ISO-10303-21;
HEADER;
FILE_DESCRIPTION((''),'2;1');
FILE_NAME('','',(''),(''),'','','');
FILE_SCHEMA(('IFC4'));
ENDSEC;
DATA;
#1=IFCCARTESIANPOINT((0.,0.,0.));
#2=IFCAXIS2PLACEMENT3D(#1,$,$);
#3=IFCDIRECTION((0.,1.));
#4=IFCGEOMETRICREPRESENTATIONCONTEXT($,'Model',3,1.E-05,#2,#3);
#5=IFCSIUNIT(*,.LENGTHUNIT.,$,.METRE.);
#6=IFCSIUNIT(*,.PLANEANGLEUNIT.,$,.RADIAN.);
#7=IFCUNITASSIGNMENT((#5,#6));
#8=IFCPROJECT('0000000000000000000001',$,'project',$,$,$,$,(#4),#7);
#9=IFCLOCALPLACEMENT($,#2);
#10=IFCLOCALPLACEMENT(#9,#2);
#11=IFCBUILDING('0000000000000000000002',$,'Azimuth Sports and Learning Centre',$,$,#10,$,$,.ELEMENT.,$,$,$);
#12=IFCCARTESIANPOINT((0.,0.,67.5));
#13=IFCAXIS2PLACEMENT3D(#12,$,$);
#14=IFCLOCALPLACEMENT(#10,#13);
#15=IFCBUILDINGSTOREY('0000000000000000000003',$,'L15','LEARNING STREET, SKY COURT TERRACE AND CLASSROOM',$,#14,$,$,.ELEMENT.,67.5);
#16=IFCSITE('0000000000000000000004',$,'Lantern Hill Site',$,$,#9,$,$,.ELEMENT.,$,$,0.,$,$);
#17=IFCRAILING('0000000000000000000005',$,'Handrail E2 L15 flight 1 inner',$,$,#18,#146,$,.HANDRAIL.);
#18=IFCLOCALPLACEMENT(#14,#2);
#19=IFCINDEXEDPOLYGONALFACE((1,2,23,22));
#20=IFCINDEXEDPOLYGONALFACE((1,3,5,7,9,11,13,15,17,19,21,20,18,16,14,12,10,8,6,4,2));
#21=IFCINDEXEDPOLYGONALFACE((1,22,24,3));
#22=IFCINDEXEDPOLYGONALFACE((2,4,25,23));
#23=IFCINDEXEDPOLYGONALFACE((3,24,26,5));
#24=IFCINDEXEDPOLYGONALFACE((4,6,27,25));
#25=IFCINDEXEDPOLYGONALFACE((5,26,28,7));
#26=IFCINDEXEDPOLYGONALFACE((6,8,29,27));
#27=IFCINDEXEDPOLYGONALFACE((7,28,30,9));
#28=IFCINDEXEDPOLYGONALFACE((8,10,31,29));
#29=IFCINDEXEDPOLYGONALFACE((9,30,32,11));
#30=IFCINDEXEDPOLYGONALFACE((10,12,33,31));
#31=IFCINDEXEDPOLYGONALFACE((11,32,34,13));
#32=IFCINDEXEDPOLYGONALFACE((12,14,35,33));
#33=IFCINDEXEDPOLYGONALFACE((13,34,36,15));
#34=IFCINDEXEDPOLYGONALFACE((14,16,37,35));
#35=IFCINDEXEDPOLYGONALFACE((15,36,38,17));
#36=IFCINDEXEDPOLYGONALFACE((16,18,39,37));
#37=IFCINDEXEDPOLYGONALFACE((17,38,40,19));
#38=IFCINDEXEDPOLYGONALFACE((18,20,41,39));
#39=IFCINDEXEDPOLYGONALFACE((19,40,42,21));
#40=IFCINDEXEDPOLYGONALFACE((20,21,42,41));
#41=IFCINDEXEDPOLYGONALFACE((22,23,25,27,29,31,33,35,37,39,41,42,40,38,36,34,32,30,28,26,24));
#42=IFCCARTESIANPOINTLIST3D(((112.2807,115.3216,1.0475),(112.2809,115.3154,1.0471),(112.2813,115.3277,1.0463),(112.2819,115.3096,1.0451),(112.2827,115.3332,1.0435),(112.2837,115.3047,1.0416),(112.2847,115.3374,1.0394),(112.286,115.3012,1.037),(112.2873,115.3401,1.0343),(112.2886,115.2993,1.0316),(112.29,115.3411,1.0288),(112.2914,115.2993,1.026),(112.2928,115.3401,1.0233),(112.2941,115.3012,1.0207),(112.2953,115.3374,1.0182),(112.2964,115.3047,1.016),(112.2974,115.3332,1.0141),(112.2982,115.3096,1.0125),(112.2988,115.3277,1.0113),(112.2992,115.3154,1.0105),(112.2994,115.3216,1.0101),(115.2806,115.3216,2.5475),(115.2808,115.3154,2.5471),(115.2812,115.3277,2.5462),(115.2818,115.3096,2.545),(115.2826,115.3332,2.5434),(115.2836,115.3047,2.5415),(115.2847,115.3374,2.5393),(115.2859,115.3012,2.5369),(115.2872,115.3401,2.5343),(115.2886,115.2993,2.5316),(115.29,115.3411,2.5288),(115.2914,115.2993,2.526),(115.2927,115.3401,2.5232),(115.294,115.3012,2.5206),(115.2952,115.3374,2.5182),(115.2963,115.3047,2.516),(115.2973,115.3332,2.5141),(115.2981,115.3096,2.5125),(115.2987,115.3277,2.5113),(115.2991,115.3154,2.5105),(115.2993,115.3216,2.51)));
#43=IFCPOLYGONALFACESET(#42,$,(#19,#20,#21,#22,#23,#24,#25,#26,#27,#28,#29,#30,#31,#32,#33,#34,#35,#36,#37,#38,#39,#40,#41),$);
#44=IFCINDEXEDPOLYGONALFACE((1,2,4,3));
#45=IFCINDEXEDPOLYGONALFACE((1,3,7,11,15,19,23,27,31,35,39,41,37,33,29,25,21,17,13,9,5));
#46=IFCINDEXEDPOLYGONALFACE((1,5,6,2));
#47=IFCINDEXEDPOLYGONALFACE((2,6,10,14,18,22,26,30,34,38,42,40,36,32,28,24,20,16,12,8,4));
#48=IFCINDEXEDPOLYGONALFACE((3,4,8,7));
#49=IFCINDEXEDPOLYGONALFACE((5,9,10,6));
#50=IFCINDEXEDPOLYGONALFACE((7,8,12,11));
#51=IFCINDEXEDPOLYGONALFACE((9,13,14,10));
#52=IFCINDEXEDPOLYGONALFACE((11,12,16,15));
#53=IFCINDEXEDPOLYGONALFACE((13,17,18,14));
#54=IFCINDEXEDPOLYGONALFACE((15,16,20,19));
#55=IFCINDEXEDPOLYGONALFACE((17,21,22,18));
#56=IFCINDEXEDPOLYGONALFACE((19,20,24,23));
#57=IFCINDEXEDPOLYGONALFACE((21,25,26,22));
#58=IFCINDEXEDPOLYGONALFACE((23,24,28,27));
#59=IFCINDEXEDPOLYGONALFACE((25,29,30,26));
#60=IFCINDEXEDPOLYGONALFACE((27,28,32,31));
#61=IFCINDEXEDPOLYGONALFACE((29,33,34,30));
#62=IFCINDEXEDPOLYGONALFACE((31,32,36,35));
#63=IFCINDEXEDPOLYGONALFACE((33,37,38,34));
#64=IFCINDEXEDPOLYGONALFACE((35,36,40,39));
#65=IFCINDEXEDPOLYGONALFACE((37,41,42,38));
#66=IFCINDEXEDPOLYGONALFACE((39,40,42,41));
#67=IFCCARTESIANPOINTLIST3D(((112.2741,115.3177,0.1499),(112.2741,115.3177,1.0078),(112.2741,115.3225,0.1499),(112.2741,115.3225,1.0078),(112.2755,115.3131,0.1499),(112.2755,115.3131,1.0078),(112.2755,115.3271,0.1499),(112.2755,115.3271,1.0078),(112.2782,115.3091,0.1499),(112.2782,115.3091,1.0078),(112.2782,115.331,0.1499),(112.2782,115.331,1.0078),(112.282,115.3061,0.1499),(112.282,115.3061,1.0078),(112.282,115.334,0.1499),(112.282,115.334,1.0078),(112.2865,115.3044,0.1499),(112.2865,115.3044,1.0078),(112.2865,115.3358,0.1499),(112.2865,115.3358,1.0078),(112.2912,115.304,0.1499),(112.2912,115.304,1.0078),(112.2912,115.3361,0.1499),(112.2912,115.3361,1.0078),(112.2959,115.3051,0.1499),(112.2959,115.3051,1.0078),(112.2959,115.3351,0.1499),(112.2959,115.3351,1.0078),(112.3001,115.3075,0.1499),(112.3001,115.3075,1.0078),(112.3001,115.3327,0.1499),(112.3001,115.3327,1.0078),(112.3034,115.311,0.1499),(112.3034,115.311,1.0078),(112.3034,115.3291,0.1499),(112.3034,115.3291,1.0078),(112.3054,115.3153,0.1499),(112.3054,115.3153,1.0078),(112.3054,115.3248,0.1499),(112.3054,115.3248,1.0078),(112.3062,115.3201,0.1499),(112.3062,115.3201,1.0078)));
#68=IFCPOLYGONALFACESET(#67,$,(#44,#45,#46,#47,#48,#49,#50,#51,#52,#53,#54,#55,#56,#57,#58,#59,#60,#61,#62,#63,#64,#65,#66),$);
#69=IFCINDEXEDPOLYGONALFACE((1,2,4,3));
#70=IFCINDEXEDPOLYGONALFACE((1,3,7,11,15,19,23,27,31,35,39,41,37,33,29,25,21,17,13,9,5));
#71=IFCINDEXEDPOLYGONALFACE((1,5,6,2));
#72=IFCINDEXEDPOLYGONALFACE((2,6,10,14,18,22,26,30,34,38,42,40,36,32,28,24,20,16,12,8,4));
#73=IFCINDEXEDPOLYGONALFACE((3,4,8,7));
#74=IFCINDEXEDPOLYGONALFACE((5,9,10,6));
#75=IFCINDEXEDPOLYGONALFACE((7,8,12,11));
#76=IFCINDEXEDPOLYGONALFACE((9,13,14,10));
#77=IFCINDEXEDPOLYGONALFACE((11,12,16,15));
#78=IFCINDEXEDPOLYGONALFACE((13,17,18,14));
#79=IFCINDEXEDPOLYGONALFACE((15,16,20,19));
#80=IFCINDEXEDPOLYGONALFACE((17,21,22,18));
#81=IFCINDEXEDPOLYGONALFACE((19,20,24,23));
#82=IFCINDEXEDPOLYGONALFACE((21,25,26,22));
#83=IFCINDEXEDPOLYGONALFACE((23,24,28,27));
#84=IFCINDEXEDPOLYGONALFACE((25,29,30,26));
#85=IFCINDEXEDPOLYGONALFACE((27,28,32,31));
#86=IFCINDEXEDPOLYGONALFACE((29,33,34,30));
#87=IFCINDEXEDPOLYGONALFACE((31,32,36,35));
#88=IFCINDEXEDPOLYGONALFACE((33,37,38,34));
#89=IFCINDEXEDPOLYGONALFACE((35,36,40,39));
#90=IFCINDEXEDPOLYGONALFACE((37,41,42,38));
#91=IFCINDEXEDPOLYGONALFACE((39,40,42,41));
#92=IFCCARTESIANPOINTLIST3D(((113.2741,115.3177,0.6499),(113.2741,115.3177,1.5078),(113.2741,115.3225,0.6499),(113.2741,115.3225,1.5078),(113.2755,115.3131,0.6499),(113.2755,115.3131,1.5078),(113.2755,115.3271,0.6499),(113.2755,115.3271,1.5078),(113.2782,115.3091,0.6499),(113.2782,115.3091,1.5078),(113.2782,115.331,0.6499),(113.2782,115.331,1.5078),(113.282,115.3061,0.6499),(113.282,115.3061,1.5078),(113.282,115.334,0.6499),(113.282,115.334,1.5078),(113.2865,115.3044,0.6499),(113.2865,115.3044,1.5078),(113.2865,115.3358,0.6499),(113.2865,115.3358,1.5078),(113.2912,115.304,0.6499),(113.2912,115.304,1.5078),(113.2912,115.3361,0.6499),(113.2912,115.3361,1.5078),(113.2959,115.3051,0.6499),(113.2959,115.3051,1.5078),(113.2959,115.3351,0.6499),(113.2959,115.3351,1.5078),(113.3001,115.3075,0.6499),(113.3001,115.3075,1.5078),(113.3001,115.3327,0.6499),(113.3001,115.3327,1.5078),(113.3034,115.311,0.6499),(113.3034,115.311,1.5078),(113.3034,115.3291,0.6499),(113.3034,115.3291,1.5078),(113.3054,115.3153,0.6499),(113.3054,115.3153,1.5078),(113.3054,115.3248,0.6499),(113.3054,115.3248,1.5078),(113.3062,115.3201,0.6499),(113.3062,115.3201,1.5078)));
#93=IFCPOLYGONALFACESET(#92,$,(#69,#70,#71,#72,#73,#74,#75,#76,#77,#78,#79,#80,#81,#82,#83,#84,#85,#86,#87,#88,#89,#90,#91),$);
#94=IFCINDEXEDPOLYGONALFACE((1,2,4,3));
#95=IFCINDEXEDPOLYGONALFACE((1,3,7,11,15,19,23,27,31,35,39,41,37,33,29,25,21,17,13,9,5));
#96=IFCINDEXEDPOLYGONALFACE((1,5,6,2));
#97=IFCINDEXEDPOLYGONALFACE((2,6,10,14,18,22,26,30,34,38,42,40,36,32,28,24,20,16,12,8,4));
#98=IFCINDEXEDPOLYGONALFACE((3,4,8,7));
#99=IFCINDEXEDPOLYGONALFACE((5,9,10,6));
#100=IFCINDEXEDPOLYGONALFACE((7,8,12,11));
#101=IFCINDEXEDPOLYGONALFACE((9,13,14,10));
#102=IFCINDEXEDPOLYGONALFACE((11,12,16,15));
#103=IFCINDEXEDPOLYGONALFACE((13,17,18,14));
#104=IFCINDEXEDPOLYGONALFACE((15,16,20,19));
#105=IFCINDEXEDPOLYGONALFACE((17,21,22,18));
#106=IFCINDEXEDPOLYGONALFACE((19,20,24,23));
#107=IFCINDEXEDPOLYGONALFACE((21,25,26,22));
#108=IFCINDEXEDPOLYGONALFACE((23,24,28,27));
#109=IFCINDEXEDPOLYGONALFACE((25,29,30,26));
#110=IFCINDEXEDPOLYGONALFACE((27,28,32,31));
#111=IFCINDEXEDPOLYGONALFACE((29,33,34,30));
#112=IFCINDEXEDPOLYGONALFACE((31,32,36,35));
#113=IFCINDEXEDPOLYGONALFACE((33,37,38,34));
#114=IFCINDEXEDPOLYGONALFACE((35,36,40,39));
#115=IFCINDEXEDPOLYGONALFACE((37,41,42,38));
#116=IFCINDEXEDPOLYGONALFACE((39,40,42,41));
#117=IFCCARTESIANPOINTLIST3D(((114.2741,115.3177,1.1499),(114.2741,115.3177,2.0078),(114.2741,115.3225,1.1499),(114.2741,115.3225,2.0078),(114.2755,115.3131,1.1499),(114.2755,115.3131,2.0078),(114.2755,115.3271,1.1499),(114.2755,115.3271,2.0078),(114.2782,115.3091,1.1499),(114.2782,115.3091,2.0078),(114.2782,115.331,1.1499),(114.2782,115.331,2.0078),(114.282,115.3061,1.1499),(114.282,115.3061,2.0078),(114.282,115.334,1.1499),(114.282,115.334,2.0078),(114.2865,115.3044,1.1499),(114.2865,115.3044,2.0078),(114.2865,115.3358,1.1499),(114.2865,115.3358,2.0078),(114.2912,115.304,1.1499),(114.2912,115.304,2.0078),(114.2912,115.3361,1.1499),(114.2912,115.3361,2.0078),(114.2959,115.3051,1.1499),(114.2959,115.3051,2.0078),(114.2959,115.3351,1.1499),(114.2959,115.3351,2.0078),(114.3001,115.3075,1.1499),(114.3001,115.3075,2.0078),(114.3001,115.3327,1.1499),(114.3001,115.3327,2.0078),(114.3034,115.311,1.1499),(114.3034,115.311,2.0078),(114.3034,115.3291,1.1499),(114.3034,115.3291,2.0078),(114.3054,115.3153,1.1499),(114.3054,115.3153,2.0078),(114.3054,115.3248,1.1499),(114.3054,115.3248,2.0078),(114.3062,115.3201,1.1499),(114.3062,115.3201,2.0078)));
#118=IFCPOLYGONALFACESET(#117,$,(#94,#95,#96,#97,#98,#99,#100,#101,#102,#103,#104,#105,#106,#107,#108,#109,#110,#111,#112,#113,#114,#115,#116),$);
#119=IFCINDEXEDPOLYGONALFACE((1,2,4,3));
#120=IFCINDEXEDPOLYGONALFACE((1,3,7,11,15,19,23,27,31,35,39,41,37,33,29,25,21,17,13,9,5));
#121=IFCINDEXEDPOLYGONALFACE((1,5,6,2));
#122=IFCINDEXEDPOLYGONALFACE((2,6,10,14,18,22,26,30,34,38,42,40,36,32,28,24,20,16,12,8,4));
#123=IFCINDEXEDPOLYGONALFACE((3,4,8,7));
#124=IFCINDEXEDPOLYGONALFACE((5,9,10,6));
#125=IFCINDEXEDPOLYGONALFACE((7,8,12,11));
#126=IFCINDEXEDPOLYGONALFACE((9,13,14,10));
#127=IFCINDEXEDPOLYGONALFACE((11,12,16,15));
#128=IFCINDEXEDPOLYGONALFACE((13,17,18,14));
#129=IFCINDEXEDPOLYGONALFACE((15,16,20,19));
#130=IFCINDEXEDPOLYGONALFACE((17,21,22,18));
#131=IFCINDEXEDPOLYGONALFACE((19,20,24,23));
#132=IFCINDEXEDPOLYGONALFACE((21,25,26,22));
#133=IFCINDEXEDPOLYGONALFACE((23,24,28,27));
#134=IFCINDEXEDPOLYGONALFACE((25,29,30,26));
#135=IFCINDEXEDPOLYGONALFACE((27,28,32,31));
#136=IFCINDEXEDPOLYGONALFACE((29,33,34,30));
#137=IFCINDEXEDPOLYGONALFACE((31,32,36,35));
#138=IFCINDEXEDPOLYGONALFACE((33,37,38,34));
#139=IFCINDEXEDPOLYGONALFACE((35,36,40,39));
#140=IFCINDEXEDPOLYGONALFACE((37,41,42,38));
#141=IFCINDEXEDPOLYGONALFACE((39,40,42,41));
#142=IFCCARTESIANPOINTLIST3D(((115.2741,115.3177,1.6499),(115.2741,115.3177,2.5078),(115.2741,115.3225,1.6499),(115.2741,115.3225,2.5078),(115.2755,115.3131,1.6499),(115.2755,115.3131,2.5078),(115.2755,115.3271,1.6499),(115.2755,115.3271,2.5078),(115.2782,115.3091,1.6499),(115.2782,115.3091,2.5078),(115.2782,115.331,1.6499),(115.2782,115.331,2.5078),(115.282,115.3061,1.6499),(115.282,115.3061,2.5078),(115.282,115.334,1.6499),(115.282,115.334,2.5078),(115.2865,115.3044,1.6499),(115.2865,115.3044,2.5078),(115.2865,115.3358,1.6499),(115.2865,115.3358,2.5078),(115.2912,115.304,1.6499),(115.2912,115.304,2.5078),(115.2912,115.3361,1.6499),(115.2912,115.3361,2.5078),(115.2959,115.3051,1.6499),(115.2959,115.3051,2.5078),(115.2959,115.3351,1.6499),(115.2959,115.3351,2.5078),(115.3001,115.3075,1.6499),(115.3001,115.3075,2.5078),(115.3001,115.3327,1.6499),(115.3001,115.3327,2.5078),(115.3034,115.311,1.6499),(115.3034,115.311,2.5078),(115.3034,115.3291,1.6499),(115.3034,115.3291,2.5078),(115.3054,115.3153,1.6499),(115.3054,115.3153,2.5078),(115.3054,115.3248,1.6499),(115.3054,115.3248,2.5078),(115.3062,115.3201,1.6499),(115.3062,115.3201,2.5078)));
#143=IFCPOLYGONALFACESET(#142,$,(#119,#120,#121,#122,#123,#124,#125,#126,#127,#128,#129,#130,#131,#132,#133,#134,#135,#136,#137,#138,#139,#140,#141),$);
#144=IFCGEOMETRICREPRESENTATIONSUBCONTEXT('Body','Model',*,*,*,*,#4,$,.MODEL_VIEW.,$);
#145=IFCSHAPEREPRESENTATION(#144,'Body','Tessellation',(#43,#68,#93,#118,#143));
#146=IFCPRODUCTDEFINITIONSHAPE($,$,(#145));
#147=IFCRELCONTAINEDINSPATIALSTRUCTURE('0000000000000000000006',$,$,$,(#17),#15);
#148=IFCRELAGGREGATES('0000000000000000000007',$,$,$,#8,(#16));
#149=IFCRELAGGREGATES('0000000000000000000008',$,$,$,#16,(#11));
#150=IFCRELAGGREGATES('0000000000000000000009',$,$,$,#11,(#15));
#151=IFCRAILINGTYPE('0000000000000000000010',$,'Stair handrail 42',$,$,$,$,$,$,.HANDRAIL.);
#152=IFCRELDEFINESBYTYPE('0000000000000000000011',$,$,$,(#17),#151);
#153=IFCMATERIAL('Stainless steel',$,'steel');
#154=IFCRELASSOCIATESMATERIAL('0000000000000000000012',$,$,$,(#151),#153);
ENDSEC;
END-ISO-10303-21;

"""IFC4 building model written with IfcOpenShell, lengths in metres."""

from ifc_helpers import new_model, si_unit, direction, frame, origin, origin_2d, place, context, subcontext, project, spatial, circle, extrude, material, type_object, element, save


model = new_model("IFC4")

# Units and contexts
model_context = context("Model", 3, precision=1e-05, world=origin(), true_north=direction((0.0, 1.0)))
body_context = subcontext(model_context, "Body", "Model", "MODEL_VIEW")
ifc_project = project(units=[si_unit("LENGTHUNIT", "METRE"), si_unit("PLANEANGLEUNIT", "RADIAN")], contexts=[model_context])

# Site, building, storey
site_placement = place(None, origin())
site = spatial("IfcSite", under=ifc_project, at=site_placement, Name="Lantern Hill Site", CompositionType="ELEMENT", RefElevation=0.0)
building_placement = place(site_placement, origin())
building = spatial("IfcBuilding", under=site, at=building_placement, Name="Azimuth Sports and Learning Centre", CompositionType="ELEMENT")
storey_placement = place(building_placement, frame((0.0, 0.0, 67.5)))
storey = spatial("IfcBuildingStorey", under=building, at=storey_placement, Name="L15", Description="LEARNING STREET, SKY COURT TERRACE AND CLASSROOM", CompositionType="ELEMENT", Elevation=67.5)

# Railing
ifc_material_1 = material(Name="Stainless steel", Category="steel")
railing_type_1 = type_object("IfcRailingType", Name="Stair handrail 42", PredefinedType="HANDRAIL", material=ifc_material_1)
for number, where, name in (
    (1, (112.29, 115.3201, 0.1499), "Handrail E2 L15 flight 1 inner"),
):
    element("IfcRailing", number, at=place(storey_placement, frame(where)), inside=storey, type_object=railing_type_1, Name=name, PredefinedType="HANDRAIL", context=body_context, shape_type="SweptSolid", body=[
        extrude(circle(Radius=0.021, at=origin_2d()), frame((0.0, 0.0, 0.8789), z_axis=(0.894427, 0.0, 0.447214), x_axis=(0.0, 1.0, 0.0)), (0.0, 0.0, 1.0), 3.354),
        extrude(circle(Radius=0.0161, at=origin_2d()), origin(), (0.0, 0.0, 1.0), 0.8579),
        extrude(circle(Radius=0.0161, at=origin_2d()), frame((1.0, 0.0, 0.5)), (0.0, 0.0, 1.0), 0.8579),
        extrude(circle(Radius=0.0161, at=origin_2d()), frame((2.0, 0.0, 1.0)), (0.0, 0.0, 1.0), 0.8579),
        extrude(circle(Radius=0.0161, at=origin_2d()), frame((3.0, 0.0, 1.5)), (0.0, 0.0, 1.0), 0.8579),
    ])

save(model, "model.ifc")
